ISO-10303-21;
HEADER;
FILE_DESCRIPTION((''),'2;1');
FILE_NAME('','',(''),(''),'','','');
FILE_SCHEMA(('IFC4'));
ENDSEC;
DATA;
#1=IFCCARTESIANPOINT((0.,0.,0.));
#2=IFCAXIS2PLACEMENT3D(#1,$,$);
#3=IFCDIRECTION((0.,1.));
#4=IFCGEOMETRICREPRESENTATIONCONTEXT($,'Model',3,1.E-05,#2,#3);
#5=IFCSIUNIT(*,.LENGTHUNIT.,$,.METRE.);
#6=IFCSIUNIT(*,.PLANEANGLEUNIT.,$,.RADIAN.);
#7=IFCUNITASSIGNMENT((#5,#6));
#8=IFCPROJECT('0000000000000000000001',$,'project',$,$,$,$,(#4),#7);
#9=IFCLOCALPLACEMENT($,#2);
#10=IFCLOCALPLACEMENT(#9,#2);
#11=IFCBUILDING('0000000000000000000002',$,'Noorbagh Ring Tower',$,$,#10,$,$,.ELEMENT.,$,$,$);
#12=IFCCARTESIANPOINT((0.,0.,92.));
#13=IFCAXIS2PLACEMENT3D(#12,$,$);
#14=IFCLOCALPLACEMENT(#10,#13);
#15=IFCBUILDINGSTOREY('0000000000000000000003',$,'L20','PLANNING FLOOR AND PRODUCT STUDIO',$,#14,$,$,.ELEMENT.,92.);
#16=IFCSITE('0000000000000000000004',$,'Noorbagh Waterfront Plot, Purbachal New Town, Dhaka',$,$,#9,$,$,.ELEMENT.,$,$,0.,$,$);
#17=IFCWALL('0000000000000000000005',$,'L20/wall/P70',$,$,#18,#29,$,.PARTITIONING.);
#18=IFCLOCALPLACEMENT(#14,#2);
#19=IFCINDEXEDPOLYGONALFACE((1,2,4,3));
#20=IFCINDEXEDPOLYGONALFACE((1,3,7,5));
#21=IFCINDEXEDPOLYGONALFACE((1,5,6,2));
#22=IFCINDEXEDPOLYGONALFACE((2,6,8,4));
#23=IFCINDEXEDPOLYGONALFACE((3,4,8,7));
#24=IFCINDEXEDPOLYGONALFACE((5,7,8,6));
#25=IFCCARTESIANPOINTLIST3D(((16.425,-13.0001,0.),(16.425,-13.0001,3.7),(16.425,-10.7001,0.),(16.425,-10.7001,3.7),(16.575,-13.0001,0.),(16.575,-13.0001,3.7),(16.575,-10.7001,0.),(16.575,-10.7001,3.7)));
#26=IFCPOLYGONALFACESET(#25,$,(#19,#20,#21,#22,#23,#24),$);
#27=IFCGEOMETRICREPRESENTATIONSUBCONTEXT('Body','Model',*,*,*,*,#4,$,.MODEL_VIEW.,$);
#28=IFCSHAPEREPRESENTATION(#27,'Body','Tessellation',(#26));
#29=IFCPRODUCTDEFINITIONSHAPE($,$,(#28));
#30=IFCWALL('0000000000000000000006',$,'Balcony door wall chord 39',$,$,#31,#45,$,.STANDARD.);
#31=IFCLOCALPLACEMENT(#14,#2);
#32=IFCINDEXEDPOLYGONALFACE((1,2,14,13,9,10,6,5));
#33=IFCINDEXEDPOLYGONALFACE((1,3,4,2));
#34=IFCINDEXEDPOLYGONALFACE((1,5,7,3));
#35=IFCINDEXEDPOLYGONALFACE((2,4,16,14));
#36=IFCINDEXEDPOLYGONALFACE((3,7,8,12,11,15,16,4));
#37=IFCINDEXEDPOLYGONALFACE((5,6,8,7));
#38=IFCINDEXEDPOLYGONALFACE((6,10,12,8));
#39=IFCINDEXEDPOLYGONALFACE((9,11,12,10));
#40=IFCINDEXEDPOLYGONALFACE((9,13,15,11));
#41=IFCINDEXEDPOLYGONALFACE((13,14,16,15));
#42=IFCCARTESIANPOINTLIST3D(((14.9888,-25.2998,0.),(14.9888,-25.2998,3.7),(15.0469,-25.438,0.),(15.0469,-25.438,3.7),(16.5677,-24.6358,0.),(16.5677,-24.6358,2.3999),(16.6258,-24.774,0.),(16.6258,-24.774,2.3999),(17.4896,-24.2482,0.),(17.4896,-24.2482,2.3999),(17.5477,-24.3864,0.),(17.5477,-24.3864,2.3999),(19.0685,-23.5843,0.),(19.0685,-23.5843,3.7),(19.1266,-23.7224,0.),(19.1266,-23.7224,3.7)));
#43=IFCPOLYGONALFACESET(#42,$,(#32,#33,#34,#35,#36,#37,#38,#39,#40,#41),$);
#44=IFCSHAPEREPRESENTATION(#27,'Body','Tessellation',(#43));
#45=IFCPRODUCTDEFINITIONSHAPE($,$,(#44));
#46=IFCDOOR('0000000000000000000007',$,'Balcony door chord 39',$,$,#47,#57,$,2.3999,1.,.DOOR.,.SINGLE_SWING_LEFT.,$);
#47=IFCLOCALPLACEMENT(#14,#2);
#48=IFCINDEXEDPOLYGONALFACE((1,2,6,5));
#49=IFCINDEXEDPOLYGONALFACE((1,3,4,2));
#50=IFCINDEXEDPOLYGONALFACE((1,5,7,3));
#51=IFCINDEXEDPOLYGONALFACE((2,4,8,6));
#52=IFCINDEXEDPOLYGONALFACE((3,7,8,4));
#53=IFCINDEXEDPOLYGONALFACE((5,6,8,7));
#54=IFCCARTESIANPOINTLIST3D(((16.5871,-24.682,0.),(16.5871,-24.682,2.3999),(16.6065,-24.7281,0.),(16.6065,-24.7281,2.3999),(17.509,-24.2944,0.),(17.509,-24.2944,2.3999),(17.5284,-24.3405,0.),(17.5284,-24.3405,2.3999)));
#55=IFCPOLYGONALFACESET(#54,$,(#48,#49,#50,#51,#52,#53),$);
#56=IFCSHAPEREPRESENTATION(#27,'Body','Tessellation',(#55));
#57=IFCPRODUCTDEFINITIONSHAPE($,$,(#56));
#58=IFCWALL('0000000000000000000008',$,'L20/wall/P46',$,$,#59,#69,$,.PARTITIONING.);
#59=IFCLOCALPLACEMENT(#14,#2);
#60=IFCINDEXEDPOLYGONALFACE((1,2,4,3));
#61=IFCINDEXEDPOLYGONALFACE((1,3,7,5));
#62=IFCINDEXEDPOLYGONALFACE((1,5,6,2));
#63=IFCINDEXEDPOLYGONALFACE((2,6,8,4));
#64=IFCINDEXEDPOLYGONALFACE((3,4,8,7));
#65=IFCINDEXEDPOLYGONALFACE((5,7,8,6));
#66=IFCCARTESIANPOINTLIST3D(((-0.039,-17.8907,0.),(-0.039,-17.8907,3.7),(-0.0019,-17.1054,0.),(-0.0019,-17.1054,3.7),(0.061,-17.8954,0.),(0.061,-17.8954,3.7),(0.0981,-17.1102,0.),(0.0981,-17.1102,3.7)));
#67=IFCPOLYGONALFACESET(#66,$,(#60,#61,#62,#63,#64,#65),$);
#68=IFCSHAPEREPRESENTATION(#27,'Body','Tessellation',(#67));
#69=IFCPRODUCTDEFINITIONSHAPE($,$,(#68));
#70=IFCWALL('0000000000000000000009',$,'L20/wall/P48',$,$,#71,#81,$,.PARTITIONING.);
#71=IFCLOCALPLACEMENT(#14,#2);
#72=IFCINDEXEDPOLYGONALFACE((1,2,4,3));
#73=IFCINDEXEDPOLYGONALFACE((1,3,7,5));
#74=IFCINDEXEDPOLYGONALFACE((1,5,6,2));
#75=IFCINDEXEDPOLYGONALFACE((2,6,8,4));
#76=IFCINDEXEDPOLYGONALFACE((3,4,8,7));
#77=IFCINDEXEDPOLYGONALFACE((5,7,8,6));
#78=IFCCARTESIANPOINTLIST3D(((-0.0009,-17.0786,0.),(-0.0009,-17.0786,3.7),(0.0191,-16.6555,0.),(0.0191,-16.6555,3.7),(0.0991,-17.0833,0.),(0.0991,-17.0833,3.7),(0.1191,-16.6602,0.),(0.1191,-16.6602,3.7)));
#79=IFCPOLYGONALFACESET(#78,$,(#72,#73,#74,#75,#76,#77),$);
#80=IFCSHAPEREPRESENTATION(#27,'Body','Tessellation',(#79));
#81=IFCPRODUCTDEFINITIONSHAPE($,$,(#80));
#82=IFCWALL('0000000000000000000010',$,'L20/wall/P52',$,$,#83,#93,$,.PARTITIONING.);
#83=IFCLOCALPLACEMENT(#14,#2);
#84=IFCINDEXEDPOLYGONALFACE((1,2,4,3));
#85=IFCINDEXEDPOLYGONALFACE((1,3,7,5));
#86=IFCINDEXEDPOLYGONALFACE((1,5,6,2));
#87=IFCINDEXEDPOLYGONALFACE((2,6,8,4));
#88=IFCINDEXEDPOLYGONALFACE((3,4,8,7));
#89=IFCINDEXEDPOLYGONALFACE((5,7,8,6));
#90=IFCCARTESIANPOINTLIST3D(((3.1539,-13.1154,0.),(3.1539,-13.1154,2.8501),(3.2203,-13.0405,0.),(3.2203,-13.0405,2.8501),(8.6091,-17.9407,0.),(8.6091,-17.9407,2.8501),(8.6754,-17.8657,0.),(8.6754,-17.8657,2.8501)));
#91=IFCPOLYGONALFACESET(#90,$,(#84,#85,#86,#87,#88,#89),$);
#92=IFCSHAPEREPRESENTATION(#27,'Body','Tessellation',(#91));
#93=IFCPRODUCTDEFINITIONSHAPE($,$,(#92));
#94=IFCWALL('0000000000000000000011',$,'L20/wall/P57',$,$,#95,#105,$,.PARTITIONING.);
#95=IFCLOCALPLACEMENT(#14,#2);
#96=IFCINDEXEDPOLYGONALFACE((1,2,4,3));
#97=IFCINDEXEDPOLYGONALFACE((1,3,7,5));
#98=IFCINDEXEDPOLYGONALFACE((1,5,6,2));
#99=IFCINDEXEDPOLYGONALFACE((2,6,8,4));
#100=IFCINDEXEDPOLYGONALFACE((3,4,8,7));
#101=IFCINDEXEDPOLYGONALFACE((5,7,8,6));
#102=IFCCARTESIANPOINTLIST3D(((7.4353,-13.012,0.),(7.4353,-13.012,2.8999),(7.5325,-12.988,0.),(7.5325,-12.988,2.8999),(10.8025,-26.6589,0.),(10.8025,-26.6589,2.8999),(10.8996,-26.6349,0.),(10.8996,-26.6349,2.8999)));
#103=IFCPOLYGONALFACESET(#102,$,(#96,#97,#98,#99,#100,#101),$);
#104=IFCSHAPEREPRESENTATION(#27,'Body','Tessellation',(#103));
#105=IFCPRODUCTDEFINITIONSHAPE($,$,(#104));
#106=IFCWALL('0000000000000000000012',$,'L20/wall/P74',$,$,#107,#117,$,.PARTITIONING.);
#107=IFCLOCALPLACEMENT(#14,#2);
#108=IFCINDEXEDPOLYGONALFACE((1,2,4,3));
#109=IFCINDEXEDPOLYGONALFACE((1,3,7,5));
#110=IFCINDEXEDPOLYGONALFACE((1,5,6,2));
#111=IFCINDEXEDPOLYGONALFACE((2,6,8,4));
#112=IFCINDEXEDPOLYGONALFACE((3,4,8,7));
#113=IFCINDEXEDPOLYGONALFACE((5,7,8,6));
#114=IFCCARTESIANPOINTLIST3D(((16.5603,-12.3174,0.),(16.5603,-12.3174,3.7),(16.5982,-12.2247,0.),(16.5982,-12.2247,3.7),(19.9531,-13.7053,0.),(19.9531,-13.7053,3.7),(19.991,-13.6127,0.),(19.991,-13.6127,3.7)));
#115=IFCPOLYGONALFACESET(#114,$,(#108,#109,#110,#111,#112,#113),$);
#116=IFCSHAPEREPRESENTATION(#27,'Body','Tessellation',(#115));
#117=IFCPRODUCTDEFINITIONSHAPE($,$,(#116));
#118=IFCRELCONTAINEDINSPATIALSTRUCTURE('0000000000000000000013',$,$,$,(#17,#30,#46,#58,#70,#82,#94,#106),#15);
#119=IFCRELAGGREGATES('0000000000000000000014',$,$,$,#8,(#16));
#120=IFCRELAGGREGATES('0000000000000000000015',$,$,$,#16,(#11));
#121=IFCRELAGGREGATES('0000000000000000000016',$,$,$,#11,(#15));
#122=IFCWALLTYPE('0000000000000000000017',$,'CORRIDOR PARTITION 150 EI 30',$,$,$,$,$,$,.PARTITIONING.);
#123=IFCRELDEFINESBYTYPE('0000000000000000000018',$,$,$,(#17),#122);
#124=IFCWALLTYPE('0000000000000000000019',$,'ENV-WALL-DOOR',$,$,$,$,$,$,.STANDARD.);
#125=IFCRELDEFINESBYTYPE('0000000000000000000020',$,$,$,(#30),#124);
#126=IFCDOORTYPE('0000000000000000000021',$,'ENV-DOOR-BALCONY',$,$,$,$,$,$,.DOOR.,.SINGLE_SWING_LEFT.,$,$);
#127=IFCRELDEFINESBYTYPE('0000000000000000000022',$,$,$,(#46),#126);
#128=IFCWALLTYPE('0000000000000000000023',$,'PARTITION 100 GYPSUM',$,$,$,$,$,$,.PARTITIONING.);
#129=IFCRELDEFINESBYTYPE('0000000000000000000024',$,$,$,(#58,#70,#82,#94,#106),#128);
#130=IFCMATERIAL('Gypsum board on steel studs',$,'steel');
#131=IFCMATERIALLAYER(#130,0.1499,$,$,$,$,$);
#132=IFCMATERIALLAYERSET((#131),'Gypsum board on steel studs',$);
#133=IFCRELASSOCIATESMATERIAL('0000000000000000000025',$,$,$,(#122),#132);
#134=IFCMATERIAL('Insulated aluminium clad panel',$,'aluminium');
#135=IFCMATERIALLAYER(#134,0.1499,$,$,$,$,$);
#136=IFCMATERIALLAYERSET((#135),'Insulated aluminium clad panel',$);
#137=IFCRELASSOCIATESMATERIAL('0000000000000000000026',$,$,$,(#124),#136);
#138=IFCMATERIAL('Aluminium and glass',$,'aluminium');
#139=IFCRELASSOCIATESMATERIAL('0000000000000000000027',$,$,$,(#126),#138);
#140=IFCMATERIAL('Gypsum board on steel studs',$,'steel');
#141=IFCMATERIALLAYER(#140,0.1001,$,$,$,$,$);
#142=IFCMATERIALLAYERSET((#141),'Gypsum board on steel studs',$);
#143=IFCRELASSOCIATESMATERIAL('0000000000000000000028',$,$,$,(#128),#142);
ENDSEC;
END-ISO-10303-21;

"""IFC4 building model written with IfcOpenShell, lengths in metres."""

from ifc_helpers import new_model, si_unit, direction, frame, frame_2d, origin, place, context, subcontext, project, spatial, rectangle, extrude, material, layer, layer_set, type_object, element, fill, save


model = new_model("IFC4")

# Units and contexts
model_context = context("Model", 3, precision=1e-05, world=origin(), true_north=direction((0.0, 1.0)))
body_context = subcontext(model_context, "Body", "Model", "MODEL_VIEW")
ifc_project = project(units=[si_unit("LENGTHUNIT", "METRE"), si_unit("PLANEANGLEUNIT", "RADIAN")], contexts=[model_context])

# Site, building, storey
site_placement = place(None, origin())
site = spatial("IfcSite", under=ifc_project, at=site_placement, Name="Noorbagh Waterfront Plot, Purbachal New Town, Dhaka", CompositionType="ELEMENT", RefElevation=0.0)
building_placement = place(site_placement, origin())
building = spatial("IfcBuilding", under=site, at=building_placement, Name="Noorbagh Ring Tower", CompositionType="ELEMENT")
storey_placement = place(building_placement, frame((0.0, 0.0, 92.0)))
storey = spatial("IfcBuildingStorey", under=building, at=storey_placement, Name="L20", Description="PLANNING FLOOR AND PRODUCT STUDIO", CompositionType="ELEMENT", Elevation=92.0)

# Shared definitions
ifc_material_1 = material(Name="Gypsum board on steel studs", Category="steel")
ifc_layer_1 = layer(ifc_material_1, 0.1499)
ifc_layer_set_1 = layer_set([ifc_layer_1], Name="Gypsum board on steel studs")
wall_type_1 = type_object("IfcWallType", Name="CORRIDOR PARTITION 150 EI 30", PredefinedType="PARTITIONING", material=ifc_layer_set_1)

# Wall
wall_1_placement = place(storey_placement, frame((16.5, -13.0, 0.0), z_axis=(0.0, 0.0, 1.0), x_axis=(0.0, 1.0, 0.0)))
element("IfcWall", 1, at=wall_1_placement, inside=storey, type_object=wall_type_1, Name="L20/wall/P70", PredefinedType="PARTITIONING", context=body_context, shape_type="SweptSolid", body=[
    extrude(rectangle(XDim=2.3, YDim=0.1499, at=frame_2d((1.1499, 0.0))), origin(), (0.0, 0.0, 1.0), 3.7),
])

# Wall, opening, door
ifc_material_2 = material(Name="Insulated aluminium clad panel", Category="aluminium")
ifc_layer_2 = layer(ifc_material_2, 0.1499)
ifc_layer_set_2 = layer_set([ifc_layer_2], Name="Insulated aluminium clad panel")
wall_type_2 = type_object("IfcWallType", Name="ENV-WALL-DOOR", PredefinedType="STANDARD", material=ifc_layer_set_2)
wall_2_placement = place(storey_placement, frame((15.0178, -25.3689, 0.0), z_axis=(0.0, 0.0, 1.0), x_axis=(0.921817, 0.387625, 0.0)))
wall_2 = element("IfcWall", 2, at=wall_2_placement, inside=storey, type_object=wall_type_2, Name="Balcony door wall chord 39", PredefinedType="STANDARD", context=body_context, shape_type="SweptSolid", body=[
    extrude(rectangle(XDim=4.4258, YDim=0.1499, at=frame_2d((2.2129, 0.0))), origin(), (0.0, 0.0, 1.0), 3.7),
])
opening_1_placement = place(wall_2_placement, frame((1.7129, 0.0, 0.0)))
opening_1 = element("IfcOpeningElement", 3, at=opening_1_placement, cuts=wall_2, PredefinedType="OPENING", context=body_context, shape_type="SweptSolid", body=[
    extrude(rectangle(XDim=1.0, YDim=2.3999, at=frame_2d((0.5, 1.2))), frame((0.0, 0.085, 0.0), z_axis=(0.0, -1.0, 0.0), x_axis=(1.0, 0.0, 0.0)), (0.0, 0.0, 1.0), 0.1699),
])
ifc_material_3 = material(Name="Aluminium and glass", Category="aluminium")
door_type_1 = type_object("IfcDoorType", Name="ENV-DOOR-BALCONY", OperationType="SINGLE_SWING_LEFT", PredefinedType="DOOR", material=ifc_material_3)
door_1_placement = place(opening_1_placement, origin())
door_1 = element("IfcDoor", 4, at=door_1_placement, inside=storey, type_object=door_type_1, Name="Balcony door chord 39", OperationType="SINGLE_SWING_LEFT", OverallHeight=2.3999, OverallWidth=1.0, PredefinedType="DOOR", context=body_context, shape_type="SweptSolid", body=[
    extrude(rectangle(XDim=1.0, YDim=2.3999, at=frame_2d((0.5, 1.2))), frame((0.0, 0.0249, 0.0), z_axis=(0.0, -1.0, 0.0), x_axis=(1.0, 0.0, 0.0)), (0.0, 0.0, 1.0), 0.05),
])
fill(opening_1, door_1)

# Walls
ifc_material_4 = material(Name="Gypsum board on steel studs", Category="steel")
ifc_layer_3 = layer(ifc_material_4, 0.1001)
ifc_layer_set_3 = layer_set([ifc_layer_3], Name="Gypsum board on steel studs")
wall_type_3 = type_object("IfcWallType", Name="PARTITION 100 GYPSUM", PredefinedType="PARTITIONING", material=ifc_layer_set_3)
wall_3_placement = place(storey_placement, frame((0.011, -17.8931, 0.0), z_axis=(0.0, 0.0, 1.0), x_axis=(0.047211, 0.998885, 0.0)))
element("IfcWall", 5, at=wall_3_placement, inside=storey, type_object=wall_type_3, Name="L20/wall/P46", PredefinedType="PARTITIONING", context=body_context, shape_type="SweptSolid", body=[
    extrude(rectangle(XDim=0.7861, YDim=0.1001, at=frame_2d((0.3931, 0.0))), origin(), (0.0, 0.0, 1.0), 3.7),
])
wall_4_placement = place(storey_placement, frame((0.0491, -17.0811, 0.0), z_axis=(0.0, 0.0, 1.0), x_axis=(0.047264, 0.998882, 0.0)))
element("IfcWall", 6, at=wall_4_placement, inside=storey, type_object=wall_type_3, Name="L20/wall/P48", PredefinedType="PARTITIONING", context=body_context, shape_type="SweptSolid", body=[
    extrude(rectangle(XDim=0.4236, YDim=0.1001, at=frame_2d((0.2119, 0.0))), origin(), (0.0, 0.0, 1.0), 3.7),
])
wall_5_placement = place(storey_placement, frame((3.187, -13.0779, 0.0), z_axis=(0.0, 0.0, 1.0), x_axis=(0.749027, -0.662539, 0.0)))
element("IfcWall", 7, at=wall_5_placement, inside=storey, type_object=wall_type_3, Name="L20/wall/P52", PredefinedType="PARTITIONING", context=body_context, shape_type="SweptSolid", body=[
    extrude(rectangle(XDim=7.283, YDim=0.1001, at=frame_2d((3.6416, 0.0))), origin(), (0.0, 0.0, 1.0), 2.8501),
])
wall_6_placement = place(storey_placement, frame((7.4839, -13.0, 0.0), z_axis=(0.0, 0.0, 1.0), x_axis=(0.239551, -0.970884, 0.0)))
element("IfcWall", 8, at=wall_6_placement, inside=storey, type_object=wall_type_3, Name="L20/wall/P57", PredefinedType="PARTITIONING", context=body_context, shape_type="SweptSolid", body=[
    extrude(rectangle(XDim=14.0562, YDim=0.1001, at=frame_2d((7.0281, 0.0))), origin(), (0.0, 0.0, 1.0), 2.8999),
])
wall_7_placement = place(storey_placement, frame((16.5791, -12.271, 0.0), z_axis=(0.0, 0.0, 1.0), x_axis=(0.92555, -0.378625, 0.0)))
element("IfcWall", 9, at=wall_7_placement, inside=storey, type_object=wall_type_3, Name="L20/wall/P74", PredefinedType="PARTITIONING", context=body_context, shape_type="SweptSolid", body=[
    extrude(rectangle(XDim=3.6658, YDim=0.1001, at=frame_2d((1.833, 0.0))), origin(), (0.0, 0.0, 1.0), 3.7),
])

save(model, "model.ifc")
